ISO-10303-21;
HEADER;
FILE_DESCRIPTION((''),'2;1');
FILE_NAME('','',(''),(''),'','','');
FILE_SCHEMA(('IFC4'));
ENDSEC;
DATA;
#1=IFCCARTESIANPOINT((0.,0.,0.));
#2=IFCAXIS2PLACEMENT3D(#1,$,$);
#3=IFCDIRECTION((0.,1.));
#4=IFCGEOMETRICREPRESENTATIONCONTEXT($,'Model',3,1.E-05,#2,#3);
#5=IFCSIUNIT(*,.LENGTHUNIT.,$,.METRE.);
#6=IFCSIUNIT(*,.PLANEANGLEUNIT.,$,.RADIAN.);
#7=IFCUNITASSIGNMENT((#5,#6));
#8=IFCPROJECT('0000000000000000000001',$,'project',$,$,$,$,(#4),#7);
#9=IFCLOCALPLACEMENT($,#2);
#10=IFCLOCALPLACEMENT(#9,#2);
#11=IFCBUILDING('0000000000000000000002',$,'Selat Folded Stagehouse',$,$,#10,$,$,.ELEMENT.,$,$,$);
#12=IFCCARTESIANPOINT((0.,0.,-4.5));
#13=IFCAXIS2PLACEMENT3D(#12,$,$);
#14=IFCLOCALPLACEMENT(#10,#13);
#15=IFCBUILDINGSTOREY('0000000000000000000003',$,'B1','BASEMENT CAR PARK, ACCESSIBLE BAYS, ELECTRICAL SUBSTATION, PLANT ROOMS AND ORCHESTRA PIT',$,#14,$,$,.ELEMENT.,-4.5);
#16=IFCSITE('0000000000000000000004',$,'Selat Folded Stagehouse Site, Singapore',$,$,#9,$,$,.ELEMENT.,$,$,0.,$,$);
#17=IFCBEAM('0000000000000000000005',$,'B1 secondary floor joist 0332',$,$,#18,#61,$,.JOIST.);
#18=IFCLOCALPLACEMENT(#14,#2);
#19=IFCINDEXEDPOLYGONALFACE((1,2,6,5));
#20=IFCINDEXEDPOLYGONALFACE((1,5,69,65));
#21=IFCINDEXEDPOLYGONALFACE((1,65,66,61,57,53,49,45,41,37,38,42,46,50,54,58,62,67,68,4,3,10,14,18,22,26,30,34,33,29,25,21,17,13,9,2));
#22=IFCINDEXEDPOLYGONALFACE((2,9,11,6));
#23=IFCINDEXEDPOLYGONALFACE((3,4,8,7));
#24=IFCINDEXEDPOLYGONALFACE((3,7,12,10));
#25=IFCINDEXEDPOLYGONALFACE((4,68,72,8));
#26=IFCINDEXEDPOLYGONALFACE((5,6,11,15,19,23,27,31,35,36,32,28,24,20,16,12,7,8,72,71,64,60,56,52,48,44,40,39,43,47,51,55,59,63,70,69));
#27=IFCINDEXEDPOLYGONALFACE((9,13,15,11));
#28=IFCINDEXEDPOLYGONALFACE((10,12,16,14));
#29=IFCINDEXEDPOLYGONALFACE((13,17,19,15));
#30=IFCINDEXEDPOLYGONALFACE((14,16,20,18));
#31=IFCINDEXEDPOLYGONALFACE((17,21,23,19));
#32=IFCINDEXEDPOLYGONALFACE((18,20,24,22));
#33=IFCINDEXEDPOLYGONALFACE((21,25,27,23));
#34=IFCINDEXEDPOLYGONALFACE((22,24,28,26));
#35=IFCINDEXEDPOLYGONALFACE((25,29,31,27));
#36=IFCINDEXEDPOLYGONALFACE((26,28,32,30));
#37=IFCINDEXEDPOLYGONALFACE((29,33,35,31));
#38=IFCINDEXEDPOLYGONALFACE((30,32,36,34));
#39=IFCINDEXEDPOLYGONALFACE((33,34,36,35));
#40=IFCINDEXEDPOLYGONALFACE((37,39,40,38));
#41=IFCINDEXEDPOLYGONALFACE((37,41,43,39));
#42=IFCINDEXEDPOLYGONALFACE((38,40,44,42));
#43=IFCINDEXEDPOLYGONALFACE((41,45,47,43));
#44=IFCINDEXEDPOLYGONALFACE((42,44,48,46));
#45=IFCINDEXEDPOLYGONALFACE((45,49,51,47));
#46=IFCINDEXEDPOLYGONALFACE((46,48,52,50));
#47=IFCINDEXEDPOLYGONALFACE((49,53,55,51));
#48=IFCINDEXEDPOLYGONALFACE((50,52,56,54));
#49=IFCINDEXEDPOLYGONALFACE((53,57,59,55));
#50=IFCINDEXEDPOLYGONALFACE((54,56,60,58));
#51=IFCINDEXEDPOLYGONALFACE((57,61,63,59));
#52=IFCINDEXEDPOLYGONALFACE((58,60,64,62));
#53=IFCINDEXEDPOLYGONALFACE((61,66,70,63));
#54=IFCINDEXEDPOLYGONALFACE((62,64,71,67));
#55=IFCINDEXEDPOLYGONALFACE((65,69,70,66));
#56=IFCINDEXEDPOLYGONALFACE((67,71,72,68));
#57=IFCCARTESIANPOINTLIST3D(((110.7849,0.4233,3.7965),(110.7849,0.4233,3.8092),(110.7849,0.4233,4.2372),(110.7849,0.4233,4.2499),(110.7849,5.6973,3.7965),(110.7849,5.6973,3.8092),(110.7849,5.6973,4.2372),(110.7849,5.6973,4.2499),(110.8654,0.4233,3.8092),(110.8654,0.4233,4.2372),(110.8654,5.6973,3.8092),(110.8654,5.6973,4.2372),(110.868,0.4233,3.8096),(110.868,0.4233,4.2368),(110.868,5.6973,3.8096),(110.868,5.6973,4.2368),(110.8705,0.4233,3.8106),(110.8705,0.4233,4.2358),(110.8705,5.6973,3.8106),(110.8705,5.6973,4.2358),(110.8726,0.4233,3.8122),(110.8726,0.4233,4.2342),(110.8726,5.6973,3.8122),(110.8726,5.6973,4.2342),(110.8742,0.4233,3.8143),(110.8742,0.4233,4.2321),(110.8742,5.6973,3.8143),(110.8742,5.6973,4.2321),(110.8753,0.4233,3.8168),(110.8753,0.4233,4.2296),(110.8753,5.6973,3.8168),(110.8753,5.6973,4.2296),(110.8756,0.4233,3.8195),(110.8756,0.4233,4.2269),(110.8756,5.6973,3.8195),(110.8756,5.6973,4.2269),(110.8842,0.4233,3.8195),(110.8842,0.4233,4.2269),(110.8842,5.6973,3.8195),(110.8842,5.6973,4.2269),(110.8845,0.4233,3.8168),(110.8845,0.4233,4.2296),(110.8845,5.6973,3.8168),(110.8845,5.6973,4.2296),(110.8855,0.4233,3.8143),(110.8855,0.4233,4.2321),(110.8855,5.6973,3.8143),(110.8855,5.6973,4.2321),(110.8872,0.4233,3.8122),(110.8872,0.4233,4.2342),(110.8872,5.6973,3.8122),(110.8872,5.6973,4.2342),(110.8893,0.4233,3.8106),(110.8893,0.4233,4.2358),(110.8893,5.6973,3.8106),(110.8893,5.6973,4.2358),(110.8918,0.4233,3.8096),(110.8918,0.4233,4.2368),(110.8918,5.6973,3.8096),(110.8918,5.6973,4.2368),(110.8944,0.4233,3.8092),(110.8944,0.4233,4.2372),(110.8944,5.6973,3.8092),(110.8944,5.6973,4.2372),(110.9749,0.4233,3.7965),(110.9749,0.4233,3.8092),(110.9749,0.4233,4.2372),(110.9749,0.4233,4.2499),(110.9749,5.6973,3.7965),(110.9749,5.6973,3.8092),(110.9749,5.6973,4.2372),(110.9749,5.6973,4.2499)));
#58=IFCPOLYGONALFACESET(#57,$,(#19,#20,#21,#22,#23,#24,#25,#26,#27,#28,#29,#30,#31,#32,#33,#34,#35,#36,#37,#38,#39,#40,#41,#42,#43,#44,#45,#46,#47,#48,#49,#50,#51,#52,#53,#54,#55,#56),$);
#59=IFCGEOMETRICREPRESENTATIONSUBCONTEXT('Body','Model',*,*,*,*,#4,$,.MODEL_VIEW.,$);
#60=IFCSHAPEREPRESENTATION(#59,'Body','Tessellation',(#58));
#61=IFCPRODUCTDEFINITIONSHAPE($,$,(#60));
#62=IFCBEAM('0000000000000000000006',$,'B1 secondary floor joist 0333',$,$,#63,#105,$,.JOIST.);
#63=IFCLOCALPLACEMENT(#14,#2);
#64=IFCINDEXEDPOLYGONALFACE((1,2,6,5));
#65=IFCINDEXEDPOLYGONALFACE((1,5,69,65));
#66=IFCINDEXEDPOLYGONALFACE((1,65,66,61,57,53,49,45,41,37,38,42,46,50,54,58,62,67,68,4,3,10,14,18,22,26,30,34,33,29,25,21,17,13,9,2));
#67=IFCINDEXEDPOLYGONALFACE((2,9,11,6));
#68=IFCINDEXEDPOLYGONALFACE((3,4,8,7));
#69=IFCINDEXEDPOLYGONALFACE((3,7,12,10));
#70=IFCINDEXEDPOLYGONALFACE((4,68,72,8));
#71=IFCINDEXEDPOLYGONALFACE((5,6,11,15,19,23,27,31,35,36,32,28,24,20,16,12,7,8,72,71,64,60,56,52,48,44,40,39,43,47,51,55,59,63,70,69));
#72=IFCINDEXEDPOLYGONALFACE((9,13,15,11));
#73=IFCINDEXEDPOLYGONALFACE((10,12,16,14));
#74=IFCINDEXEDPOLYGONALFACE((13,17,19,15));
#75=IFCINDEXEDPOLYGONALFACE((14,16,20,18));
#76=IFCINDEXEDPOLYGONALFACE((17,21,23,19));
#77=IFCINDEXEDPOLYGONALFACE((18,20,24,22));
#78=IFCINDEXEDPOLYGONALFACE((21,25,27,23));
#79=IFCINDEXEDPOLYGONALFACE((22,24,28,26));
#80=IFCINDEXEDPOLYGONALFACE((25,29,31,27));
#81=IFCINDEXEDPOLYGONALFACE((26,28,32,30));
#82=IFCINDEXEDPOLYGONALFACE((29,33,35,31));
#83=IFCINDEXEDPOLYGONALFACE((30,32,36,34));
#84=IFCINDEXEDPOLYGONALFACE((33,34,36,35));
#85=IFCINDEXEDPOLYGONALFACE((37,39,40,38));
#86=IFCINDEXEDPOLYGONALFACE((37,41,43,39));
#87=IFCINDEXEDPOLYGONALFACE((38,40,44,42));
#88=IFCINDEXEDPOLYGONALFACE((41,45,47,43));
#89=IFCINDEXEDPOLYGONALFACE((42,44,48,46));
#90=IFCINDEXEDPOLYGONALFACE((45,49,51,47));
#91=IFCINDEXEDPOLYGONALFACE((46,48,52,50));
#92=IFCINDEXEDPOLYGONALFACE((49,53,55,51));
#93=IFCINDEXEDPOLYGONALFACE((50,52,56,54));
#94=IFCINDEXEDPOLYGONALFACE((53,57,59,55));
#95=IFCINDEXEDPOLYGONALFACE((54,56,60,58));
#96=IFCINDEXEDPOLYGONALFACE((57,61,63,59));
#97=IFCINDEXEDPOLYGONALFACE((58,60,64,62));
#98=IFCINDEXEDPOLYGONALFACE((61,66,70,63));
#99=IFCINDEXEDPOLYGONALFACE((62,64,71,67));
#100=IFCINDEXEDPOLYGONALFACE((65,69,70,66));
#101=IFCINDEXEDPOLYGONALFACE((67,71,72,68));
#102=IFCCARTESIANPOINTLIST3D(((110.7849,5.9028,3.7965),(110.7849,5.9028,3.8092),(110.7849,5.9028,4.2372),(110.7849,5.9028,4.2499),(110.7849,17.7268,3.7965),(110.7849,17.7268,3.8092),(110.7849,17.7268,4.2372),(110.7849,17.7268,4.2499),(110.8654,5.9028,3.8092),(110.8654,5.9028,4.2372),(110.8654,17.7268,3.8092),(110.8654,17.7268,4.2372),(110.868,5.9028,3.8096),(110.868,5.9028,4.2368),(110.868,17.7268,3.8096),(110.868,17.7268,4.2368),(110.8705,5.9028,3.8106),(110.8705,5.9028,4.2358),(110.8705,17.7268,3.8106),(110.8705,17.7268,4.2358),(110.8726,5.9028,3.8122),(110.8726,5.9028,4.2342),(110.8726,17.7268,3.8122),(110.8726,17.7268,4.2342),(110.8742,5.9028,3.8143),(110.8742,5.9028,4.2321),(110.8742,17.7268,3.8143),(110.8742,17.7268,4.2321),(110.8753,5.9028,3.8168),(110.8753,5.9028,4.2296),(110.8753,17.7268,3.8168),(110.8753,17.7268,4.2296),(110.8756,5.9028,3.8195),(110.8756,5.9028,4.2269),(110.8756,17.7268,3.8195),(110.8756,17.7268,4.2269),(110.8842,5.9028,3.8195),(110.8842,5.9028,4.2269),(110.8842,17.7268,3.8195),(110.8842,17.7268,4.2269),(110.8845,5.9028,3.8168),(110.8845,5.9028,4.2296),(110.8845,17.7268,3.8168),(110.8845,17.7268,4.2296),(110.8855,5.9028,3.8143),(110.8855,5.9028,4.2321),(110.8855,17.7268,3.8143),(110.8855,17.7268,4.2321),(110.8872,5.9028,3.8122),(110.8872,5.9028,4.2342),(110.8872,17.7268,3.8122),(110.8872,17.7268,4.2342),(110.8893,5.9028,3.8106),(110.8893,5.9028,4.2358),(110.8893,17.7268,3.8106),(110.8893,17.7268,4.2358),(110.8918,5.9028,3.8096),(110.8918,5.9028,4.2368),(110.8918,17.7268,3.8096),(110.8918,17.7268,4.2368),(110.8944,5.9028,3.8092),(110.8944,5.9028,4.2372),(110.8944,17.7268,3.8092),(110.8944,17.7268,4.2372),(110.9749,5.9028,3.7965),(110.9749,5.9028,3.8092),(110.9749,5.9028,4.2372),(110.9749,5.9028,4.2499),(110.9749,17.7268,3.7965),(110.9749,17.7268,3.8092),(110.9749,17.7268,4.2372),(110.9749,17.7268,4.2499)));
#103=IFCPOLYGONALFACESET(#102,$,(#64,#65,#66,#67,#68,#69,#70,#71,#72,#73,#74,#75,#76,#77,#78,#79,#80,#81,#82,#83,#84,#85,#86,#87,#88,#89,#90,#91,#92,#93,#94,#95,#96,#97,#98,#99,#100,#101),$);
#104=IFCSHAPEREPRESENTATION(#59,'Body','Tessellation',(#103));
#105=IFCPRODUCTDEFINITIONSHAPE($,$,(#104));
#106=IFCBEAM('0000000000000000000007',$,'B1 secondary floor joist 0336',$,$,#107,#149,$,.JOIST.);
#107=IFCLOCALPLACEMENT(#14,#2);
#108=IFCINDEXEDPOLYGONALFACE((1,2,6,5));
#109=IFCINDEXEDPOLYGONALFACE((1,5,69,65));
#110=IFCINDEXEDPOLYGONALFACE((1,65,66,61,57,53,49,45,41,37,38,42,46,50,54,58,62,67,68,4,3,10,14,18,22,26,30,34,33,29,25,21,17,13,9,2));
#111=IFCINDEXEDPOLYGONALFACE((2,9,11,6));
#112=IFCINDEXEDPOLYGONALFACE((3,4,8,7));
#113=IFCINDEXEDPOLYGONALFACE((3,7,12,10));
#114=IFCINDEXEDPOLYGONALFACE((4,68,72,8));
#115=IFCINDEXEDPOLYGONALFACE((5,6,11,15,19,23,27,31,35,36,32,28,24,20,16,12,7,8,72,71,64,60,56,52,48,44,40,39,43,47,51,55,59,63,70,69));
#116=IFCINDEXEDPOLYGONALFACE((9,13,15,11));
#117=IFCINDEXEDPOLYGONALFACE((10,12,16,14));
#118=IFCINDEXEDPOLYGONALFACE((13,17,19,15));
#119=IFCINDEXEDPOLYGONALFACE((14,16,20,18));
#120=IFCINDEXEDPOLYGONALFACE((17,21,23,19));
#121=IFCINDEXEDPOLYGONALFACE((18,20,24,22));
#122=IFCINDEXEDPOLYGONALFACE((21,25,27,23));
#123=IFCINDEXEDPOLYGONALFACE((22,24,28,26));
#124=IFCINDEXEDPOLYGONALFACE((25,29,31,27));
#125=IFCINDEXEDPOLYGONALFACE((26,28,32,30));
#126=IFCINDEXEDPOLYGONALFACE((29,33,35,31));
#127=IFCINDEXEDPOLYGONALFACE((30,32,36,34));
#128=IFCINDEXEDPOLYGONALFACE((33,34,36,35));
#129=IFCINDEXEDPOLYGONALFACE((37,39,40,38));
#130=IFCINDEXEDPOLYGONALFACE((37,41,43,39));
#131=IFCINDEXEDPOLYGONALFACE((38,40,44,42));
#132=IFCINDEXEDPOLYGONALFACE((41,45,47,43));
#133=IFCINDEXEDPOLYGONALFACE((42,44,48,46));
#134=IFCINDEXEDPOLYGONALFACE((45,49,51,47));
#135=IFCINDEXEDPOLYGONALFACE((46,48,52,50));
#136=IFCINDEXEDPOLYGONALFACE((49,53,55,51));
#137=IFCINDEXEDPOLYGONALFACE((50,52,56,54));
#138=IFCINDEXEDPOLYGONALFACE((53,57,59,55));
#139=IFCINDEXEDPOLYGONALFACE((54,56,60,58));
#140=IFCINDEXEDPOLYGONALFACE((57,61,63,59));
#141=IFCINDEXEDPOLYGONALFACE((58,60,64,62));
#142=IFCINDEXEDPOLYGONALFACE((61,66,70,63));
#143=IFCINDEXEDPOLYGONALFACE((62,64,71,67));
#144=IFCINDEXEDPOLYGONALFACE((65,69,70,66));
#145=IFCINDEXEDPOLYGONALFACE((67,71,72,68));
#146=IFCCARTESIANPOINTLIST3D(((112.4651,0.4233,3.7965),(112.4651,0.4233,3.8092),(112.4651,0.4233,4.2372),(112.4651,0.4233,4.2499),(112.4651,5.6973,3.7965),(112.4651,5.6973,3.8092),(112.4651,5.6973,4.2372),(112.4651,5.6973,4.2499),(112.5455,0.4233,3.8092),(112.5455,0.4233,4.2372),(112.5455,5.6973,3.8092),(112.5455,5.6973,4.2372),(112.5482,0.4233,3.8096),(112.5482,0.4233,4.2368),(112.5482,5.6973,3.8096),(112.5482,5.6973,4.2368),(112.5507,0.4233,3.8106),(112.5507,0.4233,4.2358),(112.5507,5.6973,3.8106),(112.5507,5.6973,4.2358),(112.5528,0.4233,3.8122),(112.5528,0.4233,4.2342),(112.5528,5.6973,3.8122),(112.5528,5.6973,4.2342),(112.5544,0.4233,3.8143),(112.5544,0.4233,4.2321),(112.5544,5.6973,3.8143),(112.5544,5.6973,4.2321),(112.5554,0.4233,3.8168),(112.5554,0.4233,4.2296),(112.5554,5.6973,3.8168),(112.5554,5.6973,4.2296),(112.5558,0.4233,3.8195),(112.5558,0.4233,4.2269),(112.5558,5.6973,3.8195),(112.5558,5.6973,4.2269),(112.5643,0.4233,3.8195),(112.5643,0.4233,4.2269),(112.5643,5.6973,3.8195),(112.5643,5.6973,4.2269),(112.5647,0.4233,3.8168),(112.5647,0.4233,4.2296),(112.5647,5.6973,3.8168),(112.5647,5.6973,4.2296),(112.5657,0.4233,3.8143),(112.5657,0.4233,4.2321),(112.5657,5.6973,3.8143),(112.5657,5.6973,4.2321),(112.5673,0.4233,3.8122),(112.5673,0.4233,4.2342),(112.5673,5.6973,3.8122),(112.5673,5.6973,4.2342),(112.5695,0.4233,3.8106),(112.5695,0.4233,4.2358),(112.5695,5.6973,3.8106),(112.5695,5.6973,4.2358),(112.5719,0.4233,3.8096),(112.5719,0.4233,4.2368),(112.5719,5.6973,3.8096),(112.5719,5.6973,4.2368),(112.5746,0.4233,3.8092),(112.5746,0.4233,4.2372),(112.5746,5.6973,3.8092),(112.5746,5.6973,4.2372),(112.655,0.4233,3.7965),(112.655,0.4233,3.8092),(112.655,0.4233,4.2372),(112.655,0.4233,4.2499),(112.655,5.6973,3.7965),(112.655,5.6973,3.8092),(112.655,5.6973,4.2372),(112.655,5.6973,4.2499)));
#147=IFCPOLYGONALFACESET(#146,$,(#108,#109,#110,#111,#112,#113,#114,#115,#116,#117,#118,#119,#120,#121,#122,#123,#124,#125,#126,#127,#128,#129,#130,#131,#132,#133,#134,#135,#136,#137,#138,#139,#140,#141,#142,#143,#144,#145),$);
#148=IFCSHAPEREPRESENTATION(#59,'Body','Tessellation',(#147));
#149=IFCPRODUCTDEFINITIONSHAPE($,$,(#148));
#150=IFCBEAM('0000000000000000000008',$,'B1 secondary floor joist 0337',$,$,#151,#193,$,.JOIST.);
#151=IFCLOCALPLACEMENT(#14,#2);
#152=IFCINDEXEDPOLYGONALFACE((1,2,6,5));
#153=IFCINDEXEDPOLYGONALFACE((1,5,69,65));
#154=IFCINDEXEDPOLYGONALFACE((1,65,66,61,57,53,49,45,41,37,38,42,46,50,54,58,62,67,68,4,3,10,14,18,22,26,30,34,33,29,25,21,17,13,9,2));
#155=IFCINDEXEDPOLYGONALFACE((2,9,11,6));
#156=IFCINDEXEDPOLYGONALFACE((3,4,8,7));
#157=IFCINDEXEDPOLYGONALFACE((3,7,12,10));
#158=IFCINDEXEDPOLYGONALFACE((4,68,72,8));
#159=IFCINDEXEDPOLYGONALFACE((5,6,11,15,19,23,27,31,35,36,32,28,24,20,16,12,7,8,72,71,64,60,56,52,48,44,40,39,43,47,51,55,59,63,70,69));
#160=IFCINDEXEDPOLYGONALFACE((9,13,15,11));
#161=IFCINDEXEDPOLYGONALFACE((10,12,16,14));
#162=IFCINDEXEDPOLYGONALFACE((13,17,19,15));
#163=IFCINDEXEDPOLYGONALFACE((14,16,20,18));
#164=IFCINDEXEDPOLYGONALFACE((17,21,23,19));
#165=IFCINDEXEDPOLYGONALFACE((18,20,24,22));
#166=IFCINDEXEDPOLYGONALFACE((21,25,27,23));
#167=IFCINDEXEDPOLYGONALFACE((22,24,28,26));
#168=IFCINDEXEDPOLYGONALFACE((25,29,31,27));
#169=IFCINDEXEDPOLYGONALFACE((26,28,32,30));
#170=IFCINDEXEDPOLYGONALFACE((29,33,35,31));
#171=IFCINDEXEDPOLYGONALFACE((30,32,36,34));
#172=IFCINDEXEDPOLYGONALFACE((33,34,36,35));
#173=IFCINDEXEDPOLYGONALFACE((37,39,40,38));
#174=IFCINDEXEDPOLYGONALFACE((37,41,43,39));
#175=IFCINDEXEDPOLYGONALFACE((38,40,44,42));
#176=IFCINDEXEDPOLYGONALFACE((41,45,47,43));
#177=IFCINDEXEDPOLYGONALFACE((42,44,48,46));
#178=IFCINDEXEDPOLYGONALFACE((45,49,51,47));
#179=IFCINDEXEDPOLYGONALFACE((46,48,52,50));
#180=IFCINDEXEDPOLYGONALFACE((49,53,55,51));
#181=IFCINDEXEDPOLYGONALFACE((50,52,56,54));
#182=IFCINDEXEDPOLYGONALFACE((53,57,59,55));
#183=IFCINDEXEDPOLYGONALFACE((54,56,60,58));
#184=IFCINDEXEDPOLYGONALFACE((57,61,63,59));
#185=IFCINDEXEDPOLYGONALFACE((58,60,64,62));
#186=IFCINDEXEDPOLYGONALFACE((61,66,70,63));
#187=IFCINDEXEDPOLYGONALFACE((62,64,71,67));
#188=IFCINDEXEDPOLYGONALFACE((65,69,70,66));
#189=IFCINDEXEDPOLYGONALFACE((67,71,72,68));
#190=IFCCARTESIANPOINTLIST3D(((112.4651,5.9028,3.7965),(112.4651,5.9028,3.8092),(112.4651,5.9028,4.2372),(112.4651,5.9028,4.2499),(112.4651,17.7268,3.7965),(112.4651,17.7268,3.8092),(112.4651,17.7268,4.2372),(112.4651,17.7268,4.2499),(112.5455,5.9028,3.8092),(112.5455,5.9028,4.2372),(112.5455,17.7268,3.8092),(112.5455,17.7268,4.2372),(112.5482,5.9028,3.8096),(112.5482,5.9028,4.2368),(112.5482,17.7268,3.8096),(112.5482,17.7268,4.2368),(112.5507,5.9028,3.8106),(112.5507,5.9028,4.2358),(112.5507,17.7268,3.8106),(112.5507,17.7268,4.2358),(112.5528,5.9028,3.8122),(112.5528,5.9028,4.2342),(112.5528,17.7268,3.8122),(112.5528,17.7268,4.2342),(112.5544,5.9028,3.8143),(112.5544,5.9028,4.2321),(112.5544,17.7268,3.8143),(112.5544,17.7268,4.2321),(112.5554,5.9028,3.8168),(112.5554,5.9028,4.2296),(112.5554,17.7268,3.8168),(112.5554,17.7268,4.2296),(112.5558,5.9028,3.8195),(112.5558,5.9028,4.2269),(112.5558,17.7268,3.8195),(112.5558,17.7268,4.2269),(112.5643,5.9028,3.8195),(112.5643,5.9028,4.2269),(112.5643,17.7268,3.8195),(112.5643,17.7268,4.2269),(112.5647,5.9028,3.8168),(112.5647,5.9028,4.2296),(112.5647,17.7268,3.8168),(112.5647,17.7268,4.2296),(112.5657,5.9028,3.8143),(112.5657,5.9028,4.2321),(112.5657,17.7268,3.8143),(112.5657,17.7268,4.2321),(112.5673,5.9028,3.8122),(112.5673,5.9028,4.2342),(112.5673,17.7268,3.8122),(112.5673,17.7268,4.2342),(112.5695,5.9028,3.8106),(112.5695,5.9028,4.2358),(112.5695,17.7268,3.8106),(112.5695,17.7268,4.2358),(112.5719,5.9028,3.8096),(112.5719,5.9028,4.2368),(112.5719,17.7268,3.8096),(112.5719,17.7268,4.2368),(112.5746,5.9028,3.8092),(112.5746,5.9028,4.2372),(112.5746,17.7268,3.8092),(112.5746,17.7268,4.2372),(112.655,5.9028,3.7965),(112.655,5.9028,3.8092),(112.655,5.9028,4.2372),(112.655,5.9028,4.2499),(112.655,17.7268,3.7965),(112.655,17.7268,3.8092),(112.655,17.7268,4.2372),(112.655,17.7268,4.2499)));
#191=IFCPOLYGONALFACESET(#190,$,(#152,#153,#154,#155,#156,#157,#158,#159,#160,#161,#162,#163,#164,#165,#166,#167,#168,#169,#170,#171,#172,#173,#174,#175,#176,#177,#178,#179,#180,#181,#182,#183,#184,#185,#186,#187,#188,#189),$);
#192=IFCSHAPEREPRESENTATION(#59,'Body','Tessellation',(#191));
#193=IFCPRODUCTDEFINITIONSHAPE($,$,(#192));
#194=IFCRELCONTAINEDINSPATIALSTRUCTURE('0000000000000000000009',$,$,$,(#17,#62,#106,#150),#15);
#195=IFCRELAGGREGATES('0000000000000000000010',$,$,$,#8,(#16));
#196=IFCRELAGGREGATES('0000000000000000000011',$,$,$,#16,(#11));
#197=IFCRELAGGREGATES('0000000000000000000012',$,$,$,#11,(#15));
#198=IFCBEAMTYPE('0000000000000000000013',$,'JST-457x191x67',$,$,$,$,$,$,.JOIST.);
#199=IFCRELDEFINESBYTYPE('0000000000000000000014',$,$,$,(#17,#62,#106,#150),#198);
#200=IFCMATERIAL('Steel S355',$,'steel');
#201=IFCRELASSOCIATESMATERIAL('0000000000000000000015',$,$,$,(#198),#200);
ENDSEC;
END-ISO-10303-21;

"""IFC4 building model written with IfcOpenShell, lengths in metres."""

from ifc_helpers import new_model, si_unit, direction, frame, origin, origin_2d, place, context, subcontext, project, spatial, i_section, extrude, material, material_profile, profile_set, type_object, element, save


model = new_model("IFC4")

# Units and contexts
model_context = context("Model", 3, precision=1e-05, world=origin(), true_north=direction((0.0, 1.0)))
body_context = subcontext(model_context, "Body", "Model", "MODEL_VIEW")
ifc_project = project(units=[si_unit("LENGTHUNIT", "METRE"), si_unit("PLANEANGLEUNIT", "RADIAN")], contexts=[model_context])

# Site, building, storey
site_placement = place(None, origin())
site = spatial("IfcSite", under=ifc_project, at=site_placement, Name="Selat Folded Stagehouse Site, Singapore", CompositionType="ELEMENT", RefElevation=0.0)
building_placement = place(site_placement, origin())
building = spatial("IfcBuilding", under=site, at=building_placement, Name="Selat Folded Stagehouse", CompositionType="ELEMENT")
storey_placement = place(building_placement, frame((0.0, 0.0, -4.5)))
storey = spatial("IfcBuildingStorey", under=building, at=storey_placement, Name="B1", Description="BASEMENT CAR PARK, ACCESSIBLE BAYS, ELECTRICAL SUBSTATION, PLANT ROOMS AND ORCHESTRA PIT", CompositionType="ELEMENT", Elevation=-4.5)

# Shared definitions
ifc_material_1 = material(Name="Steel S355", Category="steel")

# Beams
ifc_material_profile_1 = material_profile(ifc_material_1, i_section(OverallWidth=0.1899, OverallDepth=0.4534, WebThickness=0.0085, FlangeThickness=0.0127, FilletRadius=0.0103, at=origin_2d()), Name="UKB 457x191x67")
ifc_profile_set_1 = profile_set([ifc_material_profile_1], Name="Steel S355")
beam_type_1 = type_object("IfcBeamType", Name="JST-457x191x67", PredefinedType="JOIST", material=ifc_profile_set_1)
beam_1_placement = place(storey_placement, frame((110.8799, 0.4233, 4.0232), z_axis=(0.0, 1.0, 0.0), x_axis=(-1.0, 0.0, 0.0)))
element("IfcBeam", 1, at=beam_1_placement, inside=storey, type_object=beam_type_1, Name="B1 secondary floor joist 0332", PredefinedType="JOIST", context=body_context, shape_type="SweptSolid", body=[
    extrude(i_section(OverallWidth=0.1899, OverallDepth=0.4534, WebThickness=0.0085, FlangeThickness=0.0127, FilletRadius=0.0103, at=origin_2d()), origin(), (0.0, 0.0, 1.0), 5.2739),
])
beam_2_placement = place(storey_placement, frame((110.8799, 5.9028, 4.0232), z_axis=(0.0, 1.0, 0.0), x_axis=(-1.0, 0.0, 0.0)))
element("IfcBeam", 2, at=beam_2_placement, inside=storey, type_object=beam_type_1, Name="B1 secondary floor joist 0333", PredefinedType="JOIST", context=body_context, shape_type="SweptSolid", body=[
    extrude(i_section(OverallWidth=0.1899, OverallDepth=0.4534, WebThickness=0.0085, FlangeThickness=0.0127, FilletRadius=0.0103, at=origin_2d()), origin(), (0.0, 0.0, 1.0), 11.824),
])
beam_3_placement = place(storey_placement, frame((112.5601, 0.4233, 4.0232), z_axis=(0.0, 1.0, 0.0), x_axis=(-1.0, 0.0, 0.0)))
element("IfcBeam", 3, at=beam_3_placement, inside=storey, type_object=beam_type_1, Name="B1 secondary floor joist 0336", PredefinedType="JOIST", context=body_context, shape_type="SweptSolid", body=[
    extrude(i_section(OverallWidth=0.1899, OverallDepth=0.4534, WebThickness=0.0085, FlangeThickness=0.0127, FilletRadius=0.0103, at=origin_2d()), origin(), (0.0, 0.0, 1.0), 5.2739),
])
beam_4_placement = place(storey_placement, frame((112.5601, 5.9028, 4.0232), z_axis=(0.0, 1.0, 0.0), x_axis=(-1.0, 0.0, 0.0)))
element("IfcBeam", 4, at=beam_4_placement, inside=storey, type_object=beam_type_1, Name="B1 secondary floor joist 0337", PredefinedType="JOIST", context=body_context, shape_type="SweptSolid", body=[
    extrude(i_section(OverallWidth=0.1899, OverallDepth=0.4534, WebThickness=0.0085, FlangeThickness=0.0127, FilletRadius=0.0103, at=origin_2d()), origin(), (0.0, 0.0, 1.0), 11.824),
])

save(model, "model.ifc")
